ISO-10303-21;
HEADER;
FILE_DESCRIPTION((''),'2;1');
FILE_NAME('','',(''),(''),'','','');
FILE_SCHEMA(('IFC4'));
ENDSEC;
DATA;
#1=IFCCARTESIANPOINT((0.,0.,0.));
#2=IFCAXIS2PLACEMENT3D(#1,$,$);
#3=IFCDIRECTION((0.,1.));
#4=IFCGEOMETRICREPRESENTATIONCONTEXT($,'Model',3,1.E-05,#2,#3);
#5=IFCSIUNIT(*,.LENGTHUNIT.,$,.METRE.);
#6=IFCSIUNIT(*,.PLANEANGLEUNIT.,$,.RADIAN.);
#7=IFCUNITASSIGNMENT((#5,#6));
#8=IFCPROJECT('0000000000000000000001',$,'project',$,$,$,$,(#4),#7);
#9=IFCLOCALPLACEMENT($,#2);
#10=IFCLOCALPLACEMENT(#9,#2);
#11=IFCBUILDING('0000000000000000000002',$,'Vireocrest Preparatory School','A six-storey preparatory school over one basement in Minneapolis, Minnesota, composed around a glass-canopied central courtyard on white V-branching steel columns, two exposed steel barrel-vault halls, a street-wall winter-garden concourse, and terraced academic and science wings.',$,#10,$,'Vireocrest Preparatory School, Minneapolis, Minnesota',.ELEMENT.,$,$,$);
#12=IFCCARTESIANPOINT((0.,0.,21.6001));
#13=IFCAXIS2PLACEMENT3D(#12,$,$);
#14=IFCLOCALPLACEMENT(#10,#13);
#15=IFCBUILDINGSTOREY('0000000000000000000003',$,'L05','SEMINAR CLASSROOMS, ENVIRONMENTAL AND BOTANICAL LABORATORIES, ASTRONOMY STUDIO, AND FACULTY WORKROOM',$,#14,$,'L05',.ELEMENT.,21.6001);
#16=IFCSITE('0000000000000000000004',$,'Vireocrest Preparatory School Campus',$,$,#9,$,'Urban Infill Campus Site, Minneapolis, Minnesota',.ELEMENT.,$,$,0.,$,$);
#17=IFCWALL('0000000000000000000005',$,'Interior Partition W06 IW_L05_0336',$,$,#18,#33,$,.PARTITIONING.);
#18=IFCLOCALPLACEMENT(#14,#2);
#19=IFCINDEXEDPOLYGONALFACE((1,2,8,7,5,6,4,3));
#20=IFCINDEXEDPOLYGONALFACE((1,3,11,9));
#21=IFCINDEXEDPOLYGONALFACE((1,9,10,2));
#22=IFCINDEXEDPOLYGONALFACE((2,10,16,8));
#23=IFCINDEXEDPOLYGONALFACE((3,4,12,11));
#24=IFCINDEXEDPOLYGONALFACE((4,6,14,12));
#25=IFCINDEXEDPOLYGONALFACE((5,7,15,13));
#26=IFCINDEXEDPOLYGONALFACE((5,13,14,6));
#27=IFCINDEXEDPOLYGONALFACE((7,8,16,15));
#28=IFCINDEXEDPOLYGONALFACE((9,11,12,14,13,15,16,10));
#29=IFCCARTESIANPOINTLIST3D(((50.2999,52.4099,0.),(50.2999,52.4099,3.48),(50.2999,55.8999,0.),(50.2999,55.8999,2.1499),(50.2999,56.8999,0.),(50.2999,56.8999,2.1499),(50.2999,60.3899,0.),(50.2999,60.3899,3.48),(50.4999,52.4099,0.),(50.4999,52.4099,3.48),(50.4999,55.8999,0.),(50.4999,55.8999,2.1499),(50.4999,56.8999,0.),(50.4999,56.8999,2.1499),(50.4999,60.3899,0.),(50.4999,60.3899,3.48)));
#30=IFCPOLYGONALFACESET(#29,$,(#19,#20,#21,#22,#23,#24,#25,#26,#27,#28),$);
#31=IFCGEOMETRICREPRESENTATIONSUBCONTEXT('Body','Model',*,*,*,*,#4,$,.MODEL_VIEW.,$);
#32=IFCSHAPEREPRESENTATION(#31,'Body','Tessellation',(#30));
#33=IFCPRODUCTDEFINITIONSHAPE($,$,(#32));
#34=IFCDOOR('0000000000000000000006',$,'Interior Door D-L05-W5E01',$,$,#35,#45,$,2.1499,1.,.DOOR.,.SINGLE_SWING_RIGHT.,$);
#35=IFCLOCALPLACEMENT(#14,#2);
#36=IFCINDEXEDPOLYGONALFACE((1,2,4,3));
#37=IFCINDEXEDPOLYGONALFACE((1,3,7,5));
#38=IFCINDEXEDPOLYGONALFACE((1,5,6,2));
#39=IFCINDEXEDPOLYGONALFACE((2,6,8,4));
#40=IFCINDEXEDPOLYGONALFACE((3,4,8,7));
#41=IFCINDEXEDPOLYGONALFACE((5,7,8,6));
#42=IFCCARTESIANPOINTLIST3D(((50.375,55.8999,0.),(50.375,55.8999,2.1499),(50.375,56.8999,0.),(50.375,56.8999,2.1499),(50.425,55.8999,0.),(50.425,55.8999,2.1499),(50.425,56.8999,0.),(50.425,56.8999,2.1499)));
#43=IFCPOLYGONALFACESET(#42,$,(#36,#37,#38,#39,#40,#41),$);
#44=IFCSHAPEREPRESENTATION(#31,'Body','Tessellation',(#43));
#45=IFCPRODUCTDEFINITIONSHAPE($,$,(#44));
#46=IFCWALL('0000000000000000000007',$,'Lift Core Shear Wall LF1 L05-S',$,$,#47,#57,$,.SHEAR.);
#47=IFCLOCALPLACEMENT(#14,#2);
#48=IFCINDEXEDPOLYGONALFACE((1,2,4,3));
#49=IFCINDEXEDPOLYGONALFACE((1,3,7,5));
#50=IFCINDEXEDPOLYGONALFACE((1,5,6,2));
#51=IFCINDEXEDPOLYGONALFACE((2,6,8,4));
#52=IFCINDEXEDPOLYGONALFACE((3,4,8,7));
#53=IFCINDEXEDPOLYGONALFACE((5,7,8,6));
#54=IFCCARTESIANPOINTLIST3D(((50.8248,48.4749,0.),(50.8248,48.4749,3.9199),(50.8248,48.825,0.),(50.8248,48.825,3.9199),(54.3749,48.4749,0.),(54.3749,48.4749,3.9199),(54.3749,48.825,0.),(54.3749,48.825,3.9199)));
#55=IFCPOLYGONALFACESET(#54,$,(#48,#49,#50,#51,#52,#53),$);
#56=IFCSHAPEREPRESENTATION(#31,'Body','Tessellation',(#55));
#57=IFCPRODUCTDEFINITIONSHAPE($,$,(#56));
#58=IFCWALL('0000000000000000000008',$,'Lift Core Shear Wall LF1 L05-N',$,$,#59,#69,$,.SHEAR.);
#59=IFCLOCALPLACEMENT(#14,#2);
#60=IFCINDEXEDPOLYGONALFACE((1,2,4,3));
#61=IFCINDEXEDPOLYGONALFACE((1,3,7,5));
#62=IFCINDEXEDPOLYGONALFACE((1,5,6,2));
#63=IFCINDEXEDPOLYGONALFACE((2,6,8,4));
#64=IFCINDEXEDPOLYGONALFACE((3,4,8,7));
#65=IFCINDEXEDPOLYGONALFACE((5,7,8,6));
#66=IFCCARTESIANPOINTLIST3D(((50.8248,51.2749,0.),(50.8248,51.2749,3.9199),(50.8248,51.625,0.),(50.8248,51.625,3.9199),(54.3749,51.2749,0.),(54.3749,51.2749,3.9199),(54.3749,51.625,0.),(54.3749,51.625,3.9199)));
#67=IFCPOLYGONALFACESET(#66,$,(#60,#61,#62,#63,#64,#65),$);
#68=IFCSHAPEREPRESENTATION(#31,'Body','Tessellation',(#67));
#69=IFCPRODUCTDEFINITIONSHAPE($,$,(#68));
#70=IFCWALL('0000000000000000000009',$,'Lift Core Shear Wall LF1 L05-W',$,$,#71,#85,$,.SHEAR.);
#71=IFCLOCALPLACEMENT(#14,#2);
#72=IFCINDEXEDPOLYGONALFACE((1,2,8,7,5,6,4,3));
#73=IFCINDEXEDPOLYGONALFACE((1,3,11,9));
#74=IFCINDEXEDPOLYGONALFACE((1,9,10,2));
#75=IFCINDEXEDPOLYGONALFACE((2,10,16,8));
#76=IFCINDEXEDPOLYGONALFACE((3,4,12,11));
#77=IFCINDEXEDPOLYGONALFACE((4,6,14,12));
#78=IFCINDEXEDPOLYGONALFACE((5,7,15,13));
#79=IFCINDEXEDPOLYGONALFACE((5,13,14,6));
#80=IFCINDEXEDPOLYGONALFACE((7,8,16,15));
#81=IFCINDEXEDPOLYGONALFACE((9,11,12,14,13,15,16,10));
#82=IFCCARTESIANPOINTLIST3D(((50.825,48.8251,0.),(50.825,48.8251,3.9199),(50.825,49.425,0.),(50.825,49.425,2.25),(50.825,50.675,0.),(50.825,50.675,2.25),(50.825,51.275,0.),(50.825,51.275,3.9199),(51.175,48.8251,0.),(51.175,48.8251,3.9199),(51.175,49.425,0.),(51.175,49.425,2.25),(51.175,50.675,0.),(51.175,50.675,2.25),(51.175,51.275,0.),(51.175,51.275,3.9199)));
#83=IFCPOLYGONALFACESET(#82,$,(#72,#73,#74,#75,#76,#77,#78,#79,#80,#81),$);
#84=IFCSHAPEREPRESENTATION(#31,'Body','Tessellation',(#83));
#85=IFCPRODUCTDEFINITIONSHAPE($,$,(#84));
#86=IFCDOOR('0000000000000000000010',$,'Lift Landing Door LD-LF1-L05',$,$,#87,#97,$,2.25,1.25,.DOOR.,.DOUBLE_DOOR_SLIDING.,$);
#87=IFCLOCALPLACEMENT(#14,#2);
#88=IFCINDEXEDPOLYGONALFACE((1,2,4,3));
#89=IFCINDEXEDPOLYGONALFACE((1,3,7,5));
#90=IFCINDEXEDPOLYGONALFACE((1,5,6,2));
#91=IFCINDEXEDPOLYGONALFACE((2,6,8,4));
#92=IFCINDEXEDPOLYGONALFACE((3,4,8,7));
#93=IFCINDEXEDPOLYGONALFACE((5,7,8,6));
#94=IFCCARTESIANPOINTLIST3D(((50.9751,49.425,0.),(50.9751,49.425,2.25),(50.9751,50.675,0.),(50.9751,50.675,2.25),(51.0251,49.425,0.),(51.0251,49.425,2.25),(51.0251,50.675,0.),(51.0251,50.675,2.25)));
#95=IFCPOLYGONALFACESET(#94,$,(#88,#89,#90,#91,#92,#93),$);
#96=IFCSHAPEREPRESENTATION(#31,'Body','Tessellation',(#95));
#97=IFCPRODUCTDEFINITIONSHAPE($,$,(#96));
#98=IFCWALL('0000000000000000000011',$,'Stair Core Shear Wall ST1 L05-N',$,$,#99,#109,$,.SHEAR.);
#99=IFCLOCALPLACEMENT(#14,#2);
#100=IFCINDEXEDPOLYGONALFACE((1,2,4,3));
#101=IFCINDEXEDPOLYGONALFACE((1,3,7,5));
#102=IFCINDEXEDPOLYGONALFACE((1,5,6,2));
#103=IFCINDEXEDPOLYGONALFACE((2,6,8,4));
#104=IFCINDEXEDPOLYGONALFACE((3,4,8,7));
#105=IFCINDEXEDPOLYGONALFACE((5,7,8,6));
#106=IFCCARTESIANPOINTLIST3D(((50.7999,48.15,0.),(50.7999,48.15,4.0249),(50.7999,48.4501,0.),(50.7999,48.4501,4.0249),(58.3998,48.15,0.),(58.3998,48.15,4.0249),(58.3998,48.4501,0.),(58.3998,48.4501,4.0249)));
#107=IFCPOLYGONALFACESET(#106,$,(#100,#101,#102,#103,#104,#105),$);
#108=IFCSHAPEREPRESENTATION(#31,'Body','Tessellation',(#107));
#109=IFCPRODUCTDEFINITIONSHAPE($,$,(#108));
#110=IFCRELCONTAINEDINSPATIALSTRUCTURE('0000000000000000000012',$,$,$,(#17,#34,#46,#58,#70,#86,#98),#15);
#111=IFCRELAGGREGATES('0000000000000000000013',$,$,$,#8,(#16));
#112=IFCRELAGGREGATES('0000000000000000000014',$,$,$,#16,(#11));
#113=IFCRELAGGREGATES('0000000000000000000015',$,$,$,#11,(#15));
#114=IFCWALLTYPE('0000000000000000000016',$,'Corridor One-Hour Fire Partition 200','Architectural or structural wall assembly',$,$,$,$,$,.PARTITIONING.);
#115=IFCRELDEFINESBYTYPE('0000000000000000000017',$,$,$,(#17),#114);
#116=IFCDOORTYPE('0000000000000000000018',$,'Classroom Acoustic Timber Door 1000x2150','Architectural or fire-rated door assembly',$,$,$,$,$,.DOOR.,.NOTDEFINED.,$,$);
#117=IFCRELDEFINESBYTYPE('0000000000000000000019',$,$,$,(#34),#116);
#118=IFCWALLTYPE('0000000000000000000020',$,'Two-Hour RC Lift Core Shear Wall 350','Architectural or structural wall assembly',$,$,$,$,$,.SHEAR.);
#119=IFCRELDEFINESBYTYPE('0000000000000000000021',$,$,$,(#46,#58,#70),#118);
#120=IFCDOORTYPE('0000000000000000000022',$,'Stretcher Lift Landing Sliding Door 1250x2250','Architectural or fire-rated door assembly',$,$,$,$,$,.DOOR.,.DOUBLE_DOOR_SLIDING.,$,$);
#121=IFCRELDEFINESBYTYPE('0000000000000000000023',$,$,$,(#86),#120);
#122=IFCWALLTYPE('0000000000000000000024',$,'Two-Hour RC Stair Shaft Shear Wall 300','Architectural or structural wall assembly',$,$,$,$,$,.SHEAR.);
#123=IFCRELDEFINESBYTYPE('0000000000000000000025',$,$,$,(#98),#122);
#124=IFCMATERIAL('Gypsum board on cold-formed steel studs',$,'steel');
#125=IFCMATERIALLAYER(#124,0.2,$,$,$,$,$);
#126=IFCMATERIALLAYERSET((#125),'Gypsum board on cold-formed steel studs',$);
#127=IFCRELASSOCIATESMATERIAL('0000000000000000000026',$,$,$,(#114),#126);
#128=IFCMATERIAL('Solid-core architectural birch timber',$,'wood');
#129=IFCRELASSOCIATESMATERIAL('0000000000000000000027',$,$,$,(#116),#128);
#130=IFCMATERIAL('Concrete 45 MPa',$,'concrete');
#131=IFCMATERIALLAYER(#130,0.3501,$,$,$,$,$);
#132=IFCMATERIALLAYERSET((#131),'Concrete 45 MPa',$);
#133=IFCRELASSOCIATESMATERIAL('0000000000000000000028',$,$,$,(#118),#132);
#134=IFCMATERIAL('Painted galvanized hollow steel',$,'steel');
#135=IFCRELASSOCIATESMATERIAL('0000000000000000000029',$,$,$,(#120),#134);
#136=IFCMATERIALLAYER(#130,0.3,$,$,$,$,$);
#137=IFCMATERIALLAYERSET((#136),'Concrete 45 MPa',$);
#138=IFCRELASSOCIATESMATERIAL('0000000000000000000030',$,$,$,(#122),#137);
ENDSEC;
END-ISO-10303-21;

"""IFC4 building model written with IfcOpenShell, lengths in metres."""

from ifc_helpers import new_model, si_unit, direction, frame, frame_2d, origin, place, context, subcontext, project, spatial, rectangle, extrude, material, layer, layer_set, type_object, element, fill, save


model = new_model("IFC4")

# Units and contexts
model_context = context("Model", 3, precision=1e-05, world=origin(), true_north=direction((0.0, 1.0)))
body_context = subcontext(model_context, "Body", "Model", "MODEL_VIEW")
ifc_project = project(units=[si_unit("LENGTHUNIT", "METRE"), si_unit("PLANEANGLEUNIT", "RADIAN")], contexts=[model_context])

# Site, building, storey
site_placement = place(None, origin())
site = spatial("IfcSite", under=ifc_project, at=site_placement, Name="Vireocrest Preparatory School Campus", LongName="Urban Infill Campus Site, Minneapolis, Minnesota", CompositionType="ELEMENT", RefElevation=0.0)
building_placement = place(site_placement, origin())
building = spatial("IfcBuilding", under=site, at=building_placement, Name="Vireocrest Preparatory School", Description="A six-storey preparatory school over one basement in Minneapolis, Minnesota, composed around a glass-canopied central courtyard on white V-branching steel columns, two exposed steel barrel-vault halls, a street-wall winter-garden concourse, and terraced academic and science wings.", LongName="Vireocrest Preparatory School, Minneapolis, Minnesota", CompositionType="ELEMENT")
storey_placement = place(building_placement, frame((0.0, 0.0, 21.6001)))
storey = spatial("IfcBuildingStorey", under=building, at=storey_placement, Name="L05", Description="SEMINAR CLASSROOMS, ENVIRONMENTAL AND BOTANICAL LABORATORIES, ASTRONOMY STUDIO, AND FACULTY WORKROOM", LongName="L05", CompositionType="ELEMENT", Elevation=21.6001)

# Shared definitions
ifc_material_1 = material(Name="Concrete 45 MPa", Category="concrete")

# Shared definitions
ifc_material_2 = material(Name="Gypsum board on cold-formed steel studs", Category="steel")

# Wall, opening, door
ifc_layer_1 = layer(ifc_material_2, 0.2)
ifc_layer_set_1 = layer_set([ifc_layer_1], Name="Gypsum board on cold-formed steel studs")
wall_type_1 = type_object("IfcWallType", Name="Corridor One-Hour Fire Partition 200", Description="Architectural or structural wall assembly", PredefinedType="PARTITIONING", material=ifc_layer_set_1)
wall_1_placement = place(storey_placement, frame((50.3999, 52.4099, 0.0), z_axis=(0.0, 0.0, 1.0), x_axis=(0.0, 1.0, 0.0)))
wall_1 = element("IfcWall", 1, at=wall_1_placement, inside=storey, type_object=wall_type_1, Name="Interior Partition W06 IW_L05_0336", PredefinedType="PARTITIONING", context=body_context, shape_type="SweptSolid", body=[
    extrude(rectangle(XDim=7.98, YDim=0.2, at=frame_2d((3.99, 0.0))), origin(), (0.0, 0.0, 1.0), 3.48),
])
opening_1_placement = place(wall_1_placement, frame((3.49, 0.0, 0.0)))
opening_1 = element("IfcOpeningElement", 2, at=opening_1_placement, cuts=wall_1, PredefinedType="OPENING", context=body_context, shape_type="SweptSolid", body=[
    extrude(rectangle(XDim=1.0, YDim=2.1499, at=frame_2d((0.5, 1.075))), frame((0.0, 0.1099, 0.0), z_axis=(0.0, -1.0, 0.0), x_axis=(1.0, 0.0, 0.0)), (0.0, 0.0, 1.0), 0.22),
])
ifc_material_3 = material(Name="Solid-core architectural birch timber", Category="wood")
door_type_1 = type_object("IfcDoorType", Name="Classroom Acoustic Timber Door 1000x2150", Description="Architectural or fire-rated door assembly", OperationType="NOTDEFINED", PredefinedType="DOOR", material=ifc_material_3)
door_1_placement = place(opening_1_placement, origin())
door_1 = element("IfcDoor", 3, at=door_1_placement, inside=storey, type_object=door_type_1, Name="Interior Door D-L05-W5E01", OperationType="SINGLE_SWING_RIGHT", OverallHeight=2.1499, OverallWidth=1.0, PredefinedType="DOOR", context=body_context, shape_type="SweptSolid", body=[
    extrude(rectangle(XDim=1.0, YDim=2.1499, at=frame_2d((0.5, 1.075))), frame((0.0, 0.0249, 0.0), z_axis=(0.0, -1.0, 0.0), x_axis=(1.0, 0.0, 0.0)), (0.0, 0.0, 1.0), 0.05),
])
fill(opening_1, door_1)

# Walls
ifc_layer_2 = layer(ifc_material_1, 0.3501)
ifc_layer_set_2 = layer_set([ifc_layer_2], Name="Concrete 45 MPa")
wall_type_2 = type_object("IfcWallType", Name="Two-Hour RC Lift Core Shear Wall 350", Description="Architectural or structural wall assembly", PredefinedType="SHEAR", material=ifc_layer_set_2)
for number, where, z_axis, x_axis, name in (
    (4, (50.825, 48.6499, 0.0), (0.0, 0.0, 1.0), (1.0, 0.0, 0.0), "Lift Core Shear Wall LF1 L05-S"),
    (5, (50.825, 51.45, 0.0), (0.0, 0.0, 1.0), (1.0, 0.0, 0.0), "Lift Core Shear Wall LF1 L05-N"),
):
    element("IfcWall", number, at=place(storey_placement, frame(where, z_axis=z_axis, x_axis=x_axis)), inside=storey, type_object=wall_type_2, Name=name, PredefinedType="SHEAR", context=body_context, shape_type="SweptSolid", body=[
        extrude(rectangle(XDim=3.55, YDim=0.3501, at=frame_2d((1.7749, 0.0))), origin(), (0.0, 0.0, 1.0), 3.9199),
    ])

# Wall, opening, door
wall_2_placement = place(storey_placement, frame((51.0, 48.825, 0.0), z_axis=(0.0, 0.0, 1.0), x_axis=(0.0, 1.0, 0.0)))
wall_2 = element("IfcWall", 6, at=wall_2_placement, inside=storey, type_object=wall_type_2, Name="Lift Core Shear Wall LF1 L05-W", PredefinedType="SHEAR", context=body_context, shape_type="SweptSolid", body=[
    extrude(rectangle(XDim=2.45, YDim=0.3501, at=frame_2d((1.2251, 0.0))), origin(), (0.0, 0.0, 1.0), 3.9199),
])
opening_2_placement = place(wall_2_placement, frame((0.6001, 0.0, 0.0)))
opening_2 = element("IfcOpeningElement", 7, at=opening_2_placement, cuts=wall_2, PredefinedType="OPENING", context=body_context, shape_type="SweptSolid", body=[
    extrude(rectangle(XDim=1.25, YDim=2.25, at=frame_2d((0.625, 1.125))), frame((0.0, 0.1851, 0.0), z_axis=(0.0, -1.0, 0.0), x_axis=(1.0, 0.0, 0.0)), (0.0, 0.0, 1.0), 0.3701),
])
ifc_material_4 = material(Name="Painted galvanized hollow steel", Category="steel")
door_type_2 = type_object("IfcDoorType", Name="Stretcher Lift Landing Sliding Door 1250x2250", Description="Architectural or fire-rated door assembly", OperationType="DOUBLE_DOOR_SLIDING", PredefinedType="DOOR", material=ifc_material_4)
door_2_placement = place(opening_2_placement, origin())
door_2 = element("IfcDoor", 8, at=door_2_placement, inside=storey, type_object=door_type_2, Name="Lift Landing Door LD-LF1-L05", OperationType="DOUBLE_DOOR_SLIDING", OverallHeight=2.25, OverallWidth=1.25, PredefinedType="DOOR", context=body_context, shape_type="SweptSolid", body=[
    extrude(rectangle(XDim=1.25, YDim=2.25, at=frame_2d((0.625, 1.125))), frame((0.0, 0.0249, 0.0), z_axis=(0.0, -1.0, 0.0), x_axis=(1.0, 0.0, 0.0)), (0.0, 0.0, 1.0), 0.05),
])
fill(opening_2, door_2)

# Wall
ifc_layer_3 = layer(ifc_material_1, 0.3)
ifc_layer_set_3 = layer_set([ifc_layer_3], Name="Concrete 45 MPa")
wall_type_3 = type_object("IfcWallType", Name="Two-Hour RC Stair Shaft Shear Wall 300", Description="Architectural or structural wall assembly", PredefinedType="SHEAR", material=ifc_layer_set_3)
wall_3_placement = place(storey_placement, frame((50.8, 48.3, 0.0), z_axis=(0.0, 0.0, 1.0), x_axis=(1.0, 0.0, 0.0)))
element("IfcWall", 9, at=wall_3_placement, inside=storey, type_object=wall_type_3, Name="Stair Core Shear Wall ST1 L05-N", PredefinedType="SHEAR", context=body_context, shape_type="SweptSolid", body=[
    extrude(rectangle(XDim=7.5999, YDim=0.3, at=frame_2d((3.7998, 0.0))), origin(), (0.0, 0.0, 1.0), 4.0249),
])

save(model, "model.ifc")
